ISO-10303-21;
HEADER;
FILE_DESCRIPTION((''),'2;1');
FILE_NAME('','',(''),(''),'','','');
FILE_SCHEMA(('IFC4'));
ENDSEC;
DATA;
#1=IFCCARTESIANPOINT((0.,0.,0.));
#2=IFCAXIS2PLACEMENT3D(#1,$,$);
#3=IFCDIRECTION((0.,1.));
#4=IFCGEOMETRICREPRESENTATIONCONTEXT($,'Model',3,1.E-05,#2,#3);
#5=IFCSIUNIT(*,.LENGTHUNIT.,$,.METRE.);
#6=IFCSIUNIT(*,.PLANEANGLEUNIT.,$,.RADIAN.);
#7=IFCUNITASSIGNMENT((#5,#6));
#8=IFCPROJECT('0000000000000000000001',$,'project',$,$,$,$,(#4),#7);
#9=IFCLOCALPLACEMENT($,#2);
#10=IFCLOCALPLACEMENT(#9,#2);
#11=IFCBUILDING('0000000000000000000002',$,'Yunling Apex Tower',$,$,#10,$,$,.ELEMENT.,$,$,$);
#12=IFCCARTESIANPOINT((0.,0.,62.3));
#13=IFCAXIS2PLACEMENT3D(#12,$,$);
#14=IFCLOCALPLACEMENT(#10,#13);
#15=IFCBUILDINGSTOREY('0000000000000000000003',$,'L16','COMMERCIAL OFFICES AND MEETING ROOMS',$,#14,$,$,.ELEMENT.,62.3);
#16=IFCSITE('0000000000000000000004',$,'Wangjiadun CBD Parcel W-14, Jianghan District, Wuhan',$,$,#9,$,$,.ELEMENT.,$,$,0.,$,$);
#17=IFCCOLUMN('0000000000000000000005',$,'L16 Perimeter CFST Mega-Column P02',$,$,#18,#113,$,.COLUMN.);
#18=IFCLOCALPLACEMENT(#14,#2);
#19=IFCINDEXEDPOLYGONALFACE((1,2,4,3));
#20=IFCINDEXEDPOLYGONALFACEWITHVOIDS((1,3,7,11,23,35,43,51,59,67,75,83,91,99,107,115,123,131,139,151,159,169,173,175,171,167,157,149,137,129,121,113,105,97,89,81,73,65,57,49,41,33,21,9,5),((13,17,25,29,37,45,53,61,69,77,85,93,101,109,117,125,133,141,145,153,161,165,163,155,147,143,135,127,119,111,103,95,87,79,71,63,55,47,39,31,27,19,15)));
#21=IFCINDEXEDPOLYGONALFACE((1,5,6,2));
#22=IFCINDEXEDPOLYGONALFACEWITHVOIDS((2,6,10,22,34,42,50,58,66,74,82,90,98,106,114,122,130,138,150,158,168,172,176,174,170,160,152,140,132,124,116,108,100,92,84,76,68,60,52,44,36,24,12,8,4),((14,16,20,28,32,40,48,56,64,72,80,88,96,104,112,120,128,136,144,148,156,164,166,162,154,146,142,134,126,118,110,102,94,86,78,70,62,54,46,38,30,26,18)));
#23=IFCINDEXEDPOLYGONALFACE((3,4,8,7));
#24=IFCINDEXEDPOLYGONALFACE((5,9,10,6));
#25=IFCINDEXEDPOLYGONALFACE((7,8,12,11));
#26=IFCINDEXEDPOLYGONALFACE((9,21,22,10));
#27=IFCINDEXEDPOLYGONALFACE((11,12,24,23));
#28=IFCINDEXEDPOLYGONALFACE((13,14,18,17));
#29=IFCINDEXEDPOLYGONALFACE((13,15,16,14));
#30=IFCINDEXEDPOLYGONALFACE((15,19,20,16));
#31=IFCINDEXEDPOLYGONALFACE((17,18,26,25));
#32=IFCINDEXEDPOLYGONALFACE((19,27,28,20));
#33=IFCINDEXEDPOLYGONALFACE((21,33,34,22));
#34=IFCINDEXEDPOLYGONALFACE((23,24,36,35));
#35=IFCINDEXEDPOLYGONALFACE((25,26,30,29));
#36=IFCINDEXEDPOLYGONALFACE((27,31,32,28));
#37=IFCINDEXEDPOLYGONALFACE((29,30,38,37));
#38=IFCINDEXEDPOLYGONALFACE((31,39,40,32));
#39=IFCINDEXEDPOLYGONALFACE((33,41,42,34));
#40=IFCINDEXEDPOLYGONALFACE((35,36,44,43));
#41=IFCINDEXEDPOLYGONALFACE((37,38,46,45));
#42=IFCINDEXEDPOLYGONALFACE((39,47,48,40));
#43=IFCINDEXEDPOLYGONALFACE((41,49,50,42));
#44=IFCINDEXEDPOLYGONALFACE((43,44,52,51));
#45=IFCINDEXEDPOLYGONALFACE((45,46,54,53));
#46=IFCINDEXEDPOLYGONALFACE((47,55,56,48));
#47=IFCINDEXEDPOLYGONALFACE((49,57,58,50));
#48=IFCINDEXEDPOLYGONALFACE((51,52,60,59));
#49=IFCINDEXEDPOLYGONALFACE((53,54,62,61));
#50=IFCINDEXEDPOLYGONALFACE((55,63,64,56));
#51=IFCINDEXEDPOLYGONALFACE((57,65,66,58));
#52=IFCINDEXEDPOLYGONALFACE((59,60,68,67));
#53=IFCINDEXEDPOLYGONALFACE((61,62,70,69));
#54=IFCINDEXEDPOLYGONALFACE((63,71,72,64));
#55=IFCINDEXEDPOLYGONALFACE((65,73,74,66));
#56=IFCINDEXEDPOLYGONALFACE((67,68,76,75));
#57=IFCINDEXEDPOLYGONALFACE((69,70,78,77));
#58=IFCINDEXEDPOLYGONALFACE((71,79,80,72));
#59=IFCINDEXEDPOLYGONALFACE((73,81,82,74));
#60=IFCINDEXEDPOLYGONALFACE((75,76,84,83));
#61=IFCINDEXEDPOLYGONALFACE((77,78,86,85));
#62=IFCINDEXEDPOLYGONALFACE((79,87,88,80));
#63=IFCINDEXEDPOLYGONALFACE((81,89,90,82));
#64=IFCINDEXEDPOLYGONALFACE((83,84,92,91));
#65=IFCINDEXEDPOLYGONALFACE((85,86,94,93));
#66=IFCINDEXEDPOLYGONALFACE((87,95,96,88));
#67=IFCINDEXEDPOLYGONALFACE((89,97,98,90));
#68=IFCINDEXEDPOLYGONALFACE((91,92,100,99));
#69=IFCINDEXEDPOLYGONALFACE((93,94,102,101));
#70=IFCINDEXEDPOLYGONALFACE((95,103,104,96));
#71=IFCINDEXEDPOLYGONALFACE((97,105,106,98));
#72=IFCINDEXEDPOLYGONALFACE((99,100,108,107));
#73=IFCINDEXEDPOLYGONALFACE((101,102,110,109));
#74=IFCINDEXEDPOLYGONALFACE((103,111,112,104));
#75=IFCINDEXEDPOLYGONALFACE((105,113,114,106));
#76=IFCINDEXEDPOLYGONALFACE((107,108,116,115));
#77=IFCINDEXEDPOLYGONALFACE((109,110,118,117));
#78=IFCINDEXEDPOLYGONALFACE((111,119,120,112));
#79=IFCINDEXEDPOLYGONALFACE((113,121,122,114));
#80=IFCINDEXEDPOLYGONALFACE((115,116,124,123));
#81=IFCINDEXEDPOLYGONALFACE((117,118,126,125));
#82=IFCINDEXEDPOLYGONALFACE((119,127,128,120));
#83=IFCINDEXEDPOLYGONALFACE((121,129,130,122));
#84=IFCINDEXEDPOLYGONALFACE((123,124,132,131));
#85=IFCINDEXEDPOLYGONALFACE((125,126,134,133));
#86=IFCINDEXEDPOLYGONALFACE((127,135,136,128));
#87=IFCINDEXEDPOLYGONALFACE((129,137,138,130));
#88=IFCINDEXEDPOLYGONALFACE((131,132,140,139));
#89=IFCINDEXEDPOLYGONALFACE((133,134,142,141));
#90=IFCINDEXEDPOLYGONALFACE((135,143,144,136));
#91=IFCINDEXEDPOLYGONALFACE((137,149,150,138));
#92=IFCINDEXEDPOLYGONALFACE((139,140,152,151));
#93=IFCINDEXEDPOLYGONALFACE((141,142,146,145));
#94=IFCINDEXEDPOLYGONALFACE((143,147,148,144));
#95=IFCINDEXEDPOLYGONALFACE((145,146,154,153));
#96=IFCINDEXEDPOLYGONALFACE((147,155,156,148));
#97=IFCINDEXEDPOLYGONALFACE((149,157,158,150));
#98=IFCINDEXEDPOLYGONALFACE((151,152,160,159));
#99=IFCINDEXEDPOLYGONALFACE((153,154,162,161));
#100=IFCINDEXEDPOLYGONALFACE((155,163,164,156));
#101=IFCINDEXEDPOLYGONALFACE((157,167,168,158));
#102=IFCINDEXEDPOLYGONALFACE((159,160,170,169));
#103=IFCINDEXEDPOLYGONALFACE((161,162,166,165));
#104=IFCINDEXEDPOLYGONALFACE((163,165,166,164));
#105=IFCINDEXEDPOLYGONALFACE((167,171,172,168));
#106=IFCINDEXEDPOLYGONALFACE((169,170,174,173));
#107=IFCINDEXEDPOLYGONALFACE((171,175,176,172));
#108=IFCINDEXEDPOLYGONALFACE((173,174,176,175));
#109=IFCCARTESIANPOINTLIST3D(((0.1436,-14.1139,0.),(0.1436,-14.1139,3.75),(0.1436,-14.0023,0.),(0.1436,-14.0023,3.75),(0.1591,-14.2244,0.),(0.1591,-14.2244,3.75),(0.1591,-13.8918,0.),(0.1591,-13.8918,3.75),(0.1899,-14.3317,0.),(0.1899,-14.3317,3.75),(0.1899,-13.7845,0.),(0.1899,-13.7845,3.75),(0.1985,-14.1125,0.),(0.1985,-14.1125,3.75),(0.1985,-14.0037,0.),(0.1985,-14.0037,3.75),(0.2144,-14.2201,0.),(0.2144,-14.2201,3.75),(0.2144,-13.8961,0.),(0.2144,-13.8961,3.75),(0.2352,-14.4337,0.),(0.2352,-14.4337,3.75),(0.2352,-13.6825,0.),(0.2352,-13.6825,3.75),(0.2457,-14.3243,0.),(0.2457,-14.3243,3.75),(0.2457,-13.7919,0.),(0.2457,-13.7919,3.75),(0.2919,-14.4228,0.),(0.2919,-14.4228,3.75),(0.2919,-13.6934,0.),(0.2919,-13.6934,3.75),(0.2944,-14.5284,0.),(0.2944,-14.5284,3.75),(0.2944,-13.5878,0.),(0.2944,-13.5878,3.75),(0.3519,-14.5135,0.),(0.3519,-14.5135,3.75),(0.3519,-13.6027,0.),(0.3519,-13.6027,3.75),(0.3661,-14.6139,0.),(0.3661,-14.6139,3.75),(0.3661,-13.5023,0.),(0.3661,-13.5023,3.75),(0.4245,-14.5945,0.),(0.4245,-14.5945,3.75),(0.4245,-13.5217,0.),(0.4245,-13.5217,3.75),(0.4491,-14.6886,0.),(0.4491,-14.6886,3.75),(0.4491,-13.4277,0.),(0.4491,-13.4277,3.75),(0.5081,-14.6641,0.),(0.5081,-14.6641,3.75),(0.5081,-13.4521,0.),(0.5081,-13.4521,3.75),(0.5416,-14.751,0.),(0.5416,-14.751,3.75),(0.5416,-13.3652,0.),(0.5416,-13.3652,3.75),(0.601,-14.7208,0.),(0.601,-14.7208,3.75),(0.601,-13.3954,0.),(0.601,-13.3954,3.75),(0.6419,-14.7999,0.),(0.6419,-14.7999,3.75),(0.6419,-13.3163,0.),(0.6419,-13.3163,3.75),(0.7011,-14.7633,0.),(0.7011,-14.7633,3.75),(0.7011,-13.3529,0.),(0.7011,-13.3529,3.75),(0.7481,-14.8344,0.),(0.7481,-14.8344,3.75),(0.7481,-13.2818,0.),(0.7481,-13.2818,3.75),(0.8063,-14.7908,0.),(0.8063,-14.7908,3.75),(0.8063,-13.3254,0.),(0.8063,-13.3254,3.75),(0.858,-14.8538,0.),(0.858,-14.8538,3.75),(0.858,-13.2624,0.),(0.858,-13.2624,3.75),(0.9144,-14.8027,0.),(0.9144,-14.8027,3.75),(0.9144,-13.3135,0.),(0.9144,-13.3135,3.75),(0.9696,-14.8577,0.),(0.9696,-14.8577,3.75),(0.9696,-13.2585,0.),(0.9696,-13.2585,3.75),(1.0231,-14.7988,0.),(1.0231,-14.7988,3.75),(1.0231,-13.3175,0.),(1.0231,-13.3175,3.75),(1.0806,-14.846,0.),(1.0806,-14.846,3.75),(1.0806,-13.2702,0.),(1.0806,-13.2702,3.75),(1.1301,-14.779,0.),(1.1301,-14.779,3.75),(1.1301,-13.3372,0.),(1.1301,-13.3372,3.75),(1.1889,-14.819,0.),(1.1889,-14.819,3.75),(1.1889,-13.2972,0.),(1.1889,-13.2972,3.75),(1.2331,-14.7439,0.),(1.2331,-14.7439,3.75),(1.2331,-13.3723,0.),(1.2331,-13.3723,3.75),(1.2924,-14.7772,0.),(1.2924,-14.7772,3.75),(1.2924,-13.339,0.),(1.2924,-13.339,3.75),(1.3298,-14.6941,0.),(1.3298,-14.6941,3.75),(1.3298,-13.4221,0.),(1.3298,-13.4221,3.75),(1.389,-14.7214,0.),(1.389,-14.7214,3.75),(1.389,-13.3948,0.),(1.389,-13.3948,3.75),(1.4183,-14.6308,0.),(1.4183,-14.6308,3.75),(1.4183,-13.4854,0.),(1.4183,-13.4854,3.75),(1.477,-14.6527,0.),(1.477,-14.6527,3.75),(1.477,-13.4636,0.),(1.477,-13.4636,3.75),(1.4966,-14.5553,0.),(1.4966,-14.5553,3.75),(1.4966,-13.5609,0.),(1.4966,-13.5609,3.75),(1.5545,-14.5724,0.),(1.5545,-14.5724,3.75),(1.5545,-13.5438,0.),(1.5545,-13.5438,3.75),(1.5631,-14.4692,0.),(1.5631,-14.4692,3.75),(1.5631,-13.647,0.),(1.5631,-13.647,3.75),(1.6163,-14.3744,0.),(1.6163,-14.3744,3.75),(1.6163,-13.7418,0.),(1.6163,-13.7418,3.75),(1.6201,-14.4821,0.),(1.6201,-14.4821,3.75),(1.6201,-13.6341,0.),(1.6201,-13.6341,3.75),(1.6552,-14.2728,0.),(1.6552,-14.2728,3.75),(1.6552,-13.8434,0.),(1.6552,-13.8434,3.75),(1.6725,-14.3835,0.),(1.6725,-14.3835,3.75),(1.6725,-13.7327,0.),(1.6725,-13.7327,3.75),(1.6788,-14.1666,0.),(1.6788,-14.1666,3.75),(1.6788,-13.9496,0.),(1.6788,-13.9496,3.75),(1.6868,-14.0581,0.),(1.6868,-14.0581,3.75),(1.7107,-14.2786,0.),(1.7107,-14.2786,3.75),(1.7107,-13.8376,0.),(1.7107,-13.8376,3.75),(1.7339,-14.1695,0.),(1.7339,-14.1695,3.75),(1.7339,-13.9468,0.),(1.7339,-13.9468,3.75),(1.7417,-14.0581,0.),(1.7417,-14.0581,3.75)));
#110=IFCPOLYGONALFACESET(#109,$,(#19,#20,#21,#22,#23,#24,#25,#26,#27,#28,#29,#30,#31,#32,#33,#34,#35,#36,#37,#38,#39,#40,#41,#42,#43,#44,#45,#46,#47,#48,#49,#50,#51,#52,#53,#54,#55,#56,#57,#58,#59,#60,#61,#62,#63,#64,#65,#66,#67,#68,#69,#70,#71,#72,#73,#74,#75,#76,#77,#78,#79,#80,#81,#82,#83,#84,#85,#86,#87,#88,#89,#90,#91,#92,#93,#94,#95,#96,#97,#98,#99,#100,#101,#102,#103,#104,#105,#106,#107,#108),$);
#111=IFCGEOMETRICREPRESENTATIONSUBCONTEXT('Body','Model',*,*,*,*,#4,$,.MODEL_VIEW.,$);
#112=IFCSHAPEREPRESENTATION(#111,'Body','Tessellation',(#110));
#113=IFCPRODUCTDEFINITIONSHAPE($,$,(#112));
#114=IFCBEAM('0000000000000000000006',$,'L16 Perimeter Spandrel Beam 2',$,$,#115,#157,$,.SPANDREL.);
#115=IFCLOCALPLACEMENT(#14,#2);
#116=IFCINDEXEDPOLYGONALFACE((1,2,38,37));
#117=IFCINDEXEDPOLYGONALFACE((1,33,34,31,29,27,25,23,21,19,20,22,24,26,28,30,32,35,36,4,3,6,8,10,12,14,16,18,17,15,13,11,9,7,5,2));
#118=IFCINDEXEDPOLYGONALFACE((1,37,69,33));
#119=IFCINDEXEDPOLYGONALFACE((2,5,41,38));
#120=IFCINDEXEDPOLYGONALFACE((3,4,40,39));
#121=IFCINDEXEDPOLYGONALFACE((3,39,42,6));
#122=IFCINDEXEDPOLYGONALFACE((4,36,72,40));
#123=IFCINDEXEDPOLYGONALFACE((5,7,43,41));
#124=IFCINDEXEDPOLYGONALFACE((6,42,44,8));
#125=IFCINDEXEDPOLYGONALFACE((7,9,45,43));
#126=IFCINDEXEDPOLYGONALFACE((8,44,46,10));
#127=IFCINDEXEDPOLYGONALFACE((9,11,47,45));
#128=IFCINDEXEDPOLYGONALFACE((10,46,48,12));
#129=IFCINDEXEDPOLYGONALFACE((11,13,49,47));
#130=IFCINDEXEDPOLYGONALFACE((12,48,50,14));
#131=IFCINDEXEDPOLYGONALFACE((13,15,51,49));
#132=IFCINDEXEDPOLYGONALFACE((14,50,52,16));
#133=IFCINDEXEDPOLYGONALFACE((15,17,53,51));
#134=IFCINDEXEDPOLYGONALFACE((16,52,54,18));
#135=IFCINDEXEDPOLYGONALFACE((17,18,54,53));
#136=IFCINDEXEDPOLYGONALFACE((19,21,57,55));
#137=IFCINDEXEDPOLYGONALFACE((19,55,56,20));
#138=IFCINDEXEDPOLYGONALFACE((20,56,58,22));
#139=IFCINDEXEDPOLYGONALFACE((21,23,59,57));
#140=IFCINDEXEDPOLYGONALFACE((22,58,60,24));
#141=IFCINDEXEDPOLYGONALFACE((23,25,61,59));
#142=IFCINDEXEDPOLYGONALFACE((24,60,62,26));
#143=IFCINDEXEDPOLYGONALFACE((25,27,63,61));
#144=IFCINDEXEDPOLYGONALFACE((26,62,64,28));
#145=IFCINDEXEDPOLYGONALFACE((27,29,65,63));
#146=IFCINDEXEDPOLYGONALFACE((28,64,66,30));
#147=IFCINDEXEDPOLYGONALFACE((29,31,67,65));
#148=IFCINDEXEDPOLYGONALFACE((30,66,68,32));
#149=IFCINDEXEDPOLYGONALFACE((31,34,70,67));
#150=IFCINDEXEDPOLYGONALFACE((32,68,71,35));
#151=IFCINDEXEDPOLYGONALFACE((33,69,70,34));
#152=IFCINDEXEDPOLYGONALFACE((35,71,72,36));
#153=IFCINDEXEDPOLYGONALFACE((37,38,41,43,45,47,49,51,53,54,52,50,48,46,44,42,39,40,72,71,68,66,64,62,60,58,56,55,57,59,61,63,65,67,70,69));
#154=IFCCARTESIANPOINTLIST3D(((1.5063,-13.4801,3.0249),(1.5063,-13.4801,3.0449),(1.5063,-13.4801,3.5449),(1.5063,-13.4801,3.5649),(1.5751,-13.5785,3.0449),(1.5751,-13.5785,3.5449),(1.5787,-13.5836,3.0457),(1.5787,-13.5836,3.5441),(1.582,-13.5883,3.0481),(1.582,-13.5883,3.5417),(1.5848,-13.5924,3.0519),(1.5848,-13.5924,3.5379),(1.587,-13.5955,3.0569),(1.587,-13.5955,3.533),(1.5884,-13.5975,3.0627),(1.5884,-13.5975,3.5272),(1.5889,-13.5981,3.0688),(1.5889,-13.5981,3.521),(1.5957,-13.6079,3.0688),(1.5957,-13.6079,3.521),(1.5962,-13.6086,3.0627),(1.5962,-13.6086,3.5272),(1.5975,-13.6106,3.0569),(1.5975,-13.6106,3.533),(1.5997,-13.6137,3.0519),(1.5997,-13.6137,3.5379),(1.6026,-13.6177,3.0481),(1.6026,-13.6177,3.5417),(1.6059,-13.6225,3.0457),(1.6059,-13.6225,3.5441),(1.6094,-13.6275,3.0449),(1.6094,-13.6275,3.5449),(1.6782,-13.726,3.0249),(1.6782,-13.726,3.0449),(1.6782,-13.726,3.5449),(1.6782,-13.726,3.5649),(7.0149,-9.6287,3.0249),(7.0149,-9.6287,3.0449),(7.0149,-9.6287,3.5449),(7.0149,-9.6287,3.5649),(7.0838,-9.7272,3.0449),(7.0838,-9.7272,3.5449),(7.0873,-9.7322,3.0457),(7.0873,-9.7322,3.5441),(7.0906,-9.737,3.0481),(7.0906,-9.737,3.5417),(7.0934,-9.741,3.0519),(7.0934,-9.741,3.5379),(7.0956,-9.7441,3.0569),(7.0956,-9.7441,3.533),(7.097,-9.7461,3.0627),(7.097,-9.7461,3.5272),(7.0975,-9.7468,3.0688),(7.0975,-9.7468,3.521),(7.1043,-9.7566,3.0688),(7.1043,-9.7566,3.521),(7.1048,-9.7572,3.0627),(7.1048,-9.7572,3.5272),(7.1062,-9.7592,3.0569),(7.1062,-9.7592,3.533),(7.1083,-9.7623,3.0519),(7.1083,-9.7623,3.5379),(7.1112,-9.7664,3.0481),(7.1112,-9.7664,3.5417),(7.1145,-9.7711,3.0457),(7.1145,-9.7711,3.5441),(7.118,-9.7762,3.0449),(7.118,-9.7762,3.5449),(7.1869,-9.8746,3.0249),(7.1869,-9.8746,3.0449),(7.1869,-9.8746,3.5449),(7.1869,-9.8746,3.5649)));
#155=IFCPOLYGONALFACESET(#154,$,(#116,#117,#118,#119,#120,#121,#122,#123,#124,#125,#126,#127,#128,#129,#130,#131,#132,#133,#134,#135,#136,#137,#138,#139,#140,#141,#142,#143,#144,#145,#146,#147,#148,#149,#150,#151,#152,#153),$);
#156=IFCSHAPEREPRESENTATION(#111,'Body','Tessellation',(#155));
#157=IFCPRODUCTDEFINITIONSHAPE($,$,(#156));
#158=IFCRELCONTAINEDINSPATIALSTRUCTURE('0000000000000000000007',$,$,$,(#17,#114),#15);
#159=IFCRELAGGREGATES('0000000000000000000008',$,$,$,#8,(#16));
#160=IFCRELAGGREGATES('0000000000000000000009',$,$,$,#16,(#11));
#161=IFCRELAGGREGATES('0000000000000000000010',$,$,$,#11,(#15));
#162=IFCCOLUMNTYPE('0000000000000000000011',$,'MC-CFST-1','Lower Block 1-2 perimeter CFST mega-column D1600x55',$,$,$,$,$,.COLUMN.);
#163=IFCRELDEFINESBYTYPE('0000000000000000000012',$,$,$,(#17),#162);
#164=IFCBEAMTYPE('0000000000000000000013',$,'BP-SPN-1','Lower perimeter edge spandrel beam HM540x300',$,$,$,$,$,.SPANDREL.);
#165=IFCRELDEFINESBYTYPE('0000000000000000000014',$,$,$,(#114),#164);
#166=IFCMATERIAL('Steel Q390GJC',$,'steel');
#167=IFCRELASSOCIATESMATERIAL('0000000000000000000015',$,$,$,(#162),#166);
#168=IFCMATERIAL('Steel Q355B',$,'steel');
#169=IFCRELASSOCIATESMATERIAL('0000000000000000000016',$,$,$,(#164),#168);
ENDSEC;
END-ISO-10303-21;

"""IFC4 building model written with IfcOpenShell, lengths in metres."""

from ifc_helpers import new_model, si_unit, direction, frame, origin, origin_2d, place, context, subcontext, project, spatial, hollow_circle, i_section, extrude, source, transform, mapped, material, material_profile, profile_set, type_object, element, save


model = new_model("IFC4")

# Units and contexts
model_context = context("Model", 3, precision=1e-05, world=origin(), true_north=direction((0.0, 1.0)))
body_context = subcontext(model_context, "Body", "Model", "MODEL_VIEW")
ifc_project = project(units=[si_unit("LENGTHUNIT", "METRE"), si_unit("PLANEANGLEUNIT", "RADIAN")], contexts=[model_context])

# Site, building, storey
site_placement = place(None, origin())
site = spatial("IfcSite", under=ifc_project, at=site_placement, Name="Wangjiadun CBD Parcel W-14, Jianghan District, Wuhan", CompositionType="ELEMENT", RefElevation=0.0)
building_placement = place(site_placement, origin())
building = spatial("IfcBuilding", under=site, at=building_placement, Name="Yunling Apex Tower", CompositionType="ELEMENT")
storey_placement = place(building_placement, frame((0.0, 0.0, 62.3)))
storey = spatial("IfcBuildingStorey", under=building, at=storey_placement, Name="L16", Description="COMMERCIAL OFFICES AND MEETING ROOMS", CompositionType="ELEMENT", Elevation=62.3)

# Column
ifc_material_1 = material(Name="Steel Q390GJC", Category="steel")
ifc_material_profile_1 = material_profile(ifc_material_1, hollow_circle(Radius=0.8, WallThickness=0.0549, at=origin_2d()))
ifc_profile_set_1 = profile_set([ifc_material_profile_1], Name="Steel Q390GJC")
column_type = type_object("IfcColumnType", Name="MC-CFST-1", Description="Lower Block 1-2 perimeter CFST mega-column D1600x55", PredefinedType="COLUMN", material=ifc_profile_set_1)
shared_shape_1 = source(origin(), body_context, "Body", "SweptSolid", [
    extrude(hollow_circle(Radius=0.8, WallThickness=0.0549, at=origin_2d()), origin(), (0.0, 0.0, 1.0), 3.75),
])
column_placement = place(storey_placement, frame((0.9417, -14.0581, 0.0), z_axis=(0.0, 0.0, 1.0), x_axis=(1.0, 0.0, 0.0)))
element("IfcColumn", 1, at=column_placement, inside=storey, type_object=column_type, Name="L16 Perimeter CFST Mega-Column P02", PredefinedType="COLUMN", context=body_context, shape_type="MappedRepresentation", body=[
    mapped(shared_shape_1, transform((0.0, 0.0, 0.0), scale=1.0)),
])

# Beam
ifc_material_2 = material(Name="Steel Q355B", Category="steel")
ifc_material_profile_2 = material_profile(ifc_material_2, i_section(OverallWidth=0.3, OverallDepth=0.54, WebThickness=0.012, FlangeThickness=0.02, FilletRadius=0.0239, at=origin_2d()))
ifc_profile_set_2 = profile_set([ifc_material_profile_2], Name="Steel Q355B")
beam_type_1 = type_object("IfcBeamType", Name="BP-SPN-1", Description="Lower perimeter edge spandrel beam HM540x300", PredefinedType="SPANDREL", material=ifc_profile_set_2)
shared_shape_2 = source(origin(), body_context, "Body", "SweptSolid", [
    extrude(i_section(OverallWidth=0.3, OverallDepth=0.54, WebThickness=0.012, FlangeThickness=0.02, FilletRadius=0.0239, at=origin_2d()), origin(), (0.0, 0.0, 1.0), 6.7214),
])
beam_1_placement = place(storey_placement, frame((1.5923, -13.603, 3.2949), z_axis=(0.819558, 0.572997, 0.0), x_axis=(-0.572997, 0.819558, 0.0)))
element("IfcBeam", 2, at=beam_1_placement, inside=storey, type_object=beam_type_1, Name="L16 Perimeter Spandrel Beam 2", PredefinedType="SPANDREL", context=body_context, shape_type="MappedRepresentation", body=[
    mapped(shared_shape_2, transform((0.0, 0.0, 0.0), scale=1.0)),
])

save(model, "model.ifc")
